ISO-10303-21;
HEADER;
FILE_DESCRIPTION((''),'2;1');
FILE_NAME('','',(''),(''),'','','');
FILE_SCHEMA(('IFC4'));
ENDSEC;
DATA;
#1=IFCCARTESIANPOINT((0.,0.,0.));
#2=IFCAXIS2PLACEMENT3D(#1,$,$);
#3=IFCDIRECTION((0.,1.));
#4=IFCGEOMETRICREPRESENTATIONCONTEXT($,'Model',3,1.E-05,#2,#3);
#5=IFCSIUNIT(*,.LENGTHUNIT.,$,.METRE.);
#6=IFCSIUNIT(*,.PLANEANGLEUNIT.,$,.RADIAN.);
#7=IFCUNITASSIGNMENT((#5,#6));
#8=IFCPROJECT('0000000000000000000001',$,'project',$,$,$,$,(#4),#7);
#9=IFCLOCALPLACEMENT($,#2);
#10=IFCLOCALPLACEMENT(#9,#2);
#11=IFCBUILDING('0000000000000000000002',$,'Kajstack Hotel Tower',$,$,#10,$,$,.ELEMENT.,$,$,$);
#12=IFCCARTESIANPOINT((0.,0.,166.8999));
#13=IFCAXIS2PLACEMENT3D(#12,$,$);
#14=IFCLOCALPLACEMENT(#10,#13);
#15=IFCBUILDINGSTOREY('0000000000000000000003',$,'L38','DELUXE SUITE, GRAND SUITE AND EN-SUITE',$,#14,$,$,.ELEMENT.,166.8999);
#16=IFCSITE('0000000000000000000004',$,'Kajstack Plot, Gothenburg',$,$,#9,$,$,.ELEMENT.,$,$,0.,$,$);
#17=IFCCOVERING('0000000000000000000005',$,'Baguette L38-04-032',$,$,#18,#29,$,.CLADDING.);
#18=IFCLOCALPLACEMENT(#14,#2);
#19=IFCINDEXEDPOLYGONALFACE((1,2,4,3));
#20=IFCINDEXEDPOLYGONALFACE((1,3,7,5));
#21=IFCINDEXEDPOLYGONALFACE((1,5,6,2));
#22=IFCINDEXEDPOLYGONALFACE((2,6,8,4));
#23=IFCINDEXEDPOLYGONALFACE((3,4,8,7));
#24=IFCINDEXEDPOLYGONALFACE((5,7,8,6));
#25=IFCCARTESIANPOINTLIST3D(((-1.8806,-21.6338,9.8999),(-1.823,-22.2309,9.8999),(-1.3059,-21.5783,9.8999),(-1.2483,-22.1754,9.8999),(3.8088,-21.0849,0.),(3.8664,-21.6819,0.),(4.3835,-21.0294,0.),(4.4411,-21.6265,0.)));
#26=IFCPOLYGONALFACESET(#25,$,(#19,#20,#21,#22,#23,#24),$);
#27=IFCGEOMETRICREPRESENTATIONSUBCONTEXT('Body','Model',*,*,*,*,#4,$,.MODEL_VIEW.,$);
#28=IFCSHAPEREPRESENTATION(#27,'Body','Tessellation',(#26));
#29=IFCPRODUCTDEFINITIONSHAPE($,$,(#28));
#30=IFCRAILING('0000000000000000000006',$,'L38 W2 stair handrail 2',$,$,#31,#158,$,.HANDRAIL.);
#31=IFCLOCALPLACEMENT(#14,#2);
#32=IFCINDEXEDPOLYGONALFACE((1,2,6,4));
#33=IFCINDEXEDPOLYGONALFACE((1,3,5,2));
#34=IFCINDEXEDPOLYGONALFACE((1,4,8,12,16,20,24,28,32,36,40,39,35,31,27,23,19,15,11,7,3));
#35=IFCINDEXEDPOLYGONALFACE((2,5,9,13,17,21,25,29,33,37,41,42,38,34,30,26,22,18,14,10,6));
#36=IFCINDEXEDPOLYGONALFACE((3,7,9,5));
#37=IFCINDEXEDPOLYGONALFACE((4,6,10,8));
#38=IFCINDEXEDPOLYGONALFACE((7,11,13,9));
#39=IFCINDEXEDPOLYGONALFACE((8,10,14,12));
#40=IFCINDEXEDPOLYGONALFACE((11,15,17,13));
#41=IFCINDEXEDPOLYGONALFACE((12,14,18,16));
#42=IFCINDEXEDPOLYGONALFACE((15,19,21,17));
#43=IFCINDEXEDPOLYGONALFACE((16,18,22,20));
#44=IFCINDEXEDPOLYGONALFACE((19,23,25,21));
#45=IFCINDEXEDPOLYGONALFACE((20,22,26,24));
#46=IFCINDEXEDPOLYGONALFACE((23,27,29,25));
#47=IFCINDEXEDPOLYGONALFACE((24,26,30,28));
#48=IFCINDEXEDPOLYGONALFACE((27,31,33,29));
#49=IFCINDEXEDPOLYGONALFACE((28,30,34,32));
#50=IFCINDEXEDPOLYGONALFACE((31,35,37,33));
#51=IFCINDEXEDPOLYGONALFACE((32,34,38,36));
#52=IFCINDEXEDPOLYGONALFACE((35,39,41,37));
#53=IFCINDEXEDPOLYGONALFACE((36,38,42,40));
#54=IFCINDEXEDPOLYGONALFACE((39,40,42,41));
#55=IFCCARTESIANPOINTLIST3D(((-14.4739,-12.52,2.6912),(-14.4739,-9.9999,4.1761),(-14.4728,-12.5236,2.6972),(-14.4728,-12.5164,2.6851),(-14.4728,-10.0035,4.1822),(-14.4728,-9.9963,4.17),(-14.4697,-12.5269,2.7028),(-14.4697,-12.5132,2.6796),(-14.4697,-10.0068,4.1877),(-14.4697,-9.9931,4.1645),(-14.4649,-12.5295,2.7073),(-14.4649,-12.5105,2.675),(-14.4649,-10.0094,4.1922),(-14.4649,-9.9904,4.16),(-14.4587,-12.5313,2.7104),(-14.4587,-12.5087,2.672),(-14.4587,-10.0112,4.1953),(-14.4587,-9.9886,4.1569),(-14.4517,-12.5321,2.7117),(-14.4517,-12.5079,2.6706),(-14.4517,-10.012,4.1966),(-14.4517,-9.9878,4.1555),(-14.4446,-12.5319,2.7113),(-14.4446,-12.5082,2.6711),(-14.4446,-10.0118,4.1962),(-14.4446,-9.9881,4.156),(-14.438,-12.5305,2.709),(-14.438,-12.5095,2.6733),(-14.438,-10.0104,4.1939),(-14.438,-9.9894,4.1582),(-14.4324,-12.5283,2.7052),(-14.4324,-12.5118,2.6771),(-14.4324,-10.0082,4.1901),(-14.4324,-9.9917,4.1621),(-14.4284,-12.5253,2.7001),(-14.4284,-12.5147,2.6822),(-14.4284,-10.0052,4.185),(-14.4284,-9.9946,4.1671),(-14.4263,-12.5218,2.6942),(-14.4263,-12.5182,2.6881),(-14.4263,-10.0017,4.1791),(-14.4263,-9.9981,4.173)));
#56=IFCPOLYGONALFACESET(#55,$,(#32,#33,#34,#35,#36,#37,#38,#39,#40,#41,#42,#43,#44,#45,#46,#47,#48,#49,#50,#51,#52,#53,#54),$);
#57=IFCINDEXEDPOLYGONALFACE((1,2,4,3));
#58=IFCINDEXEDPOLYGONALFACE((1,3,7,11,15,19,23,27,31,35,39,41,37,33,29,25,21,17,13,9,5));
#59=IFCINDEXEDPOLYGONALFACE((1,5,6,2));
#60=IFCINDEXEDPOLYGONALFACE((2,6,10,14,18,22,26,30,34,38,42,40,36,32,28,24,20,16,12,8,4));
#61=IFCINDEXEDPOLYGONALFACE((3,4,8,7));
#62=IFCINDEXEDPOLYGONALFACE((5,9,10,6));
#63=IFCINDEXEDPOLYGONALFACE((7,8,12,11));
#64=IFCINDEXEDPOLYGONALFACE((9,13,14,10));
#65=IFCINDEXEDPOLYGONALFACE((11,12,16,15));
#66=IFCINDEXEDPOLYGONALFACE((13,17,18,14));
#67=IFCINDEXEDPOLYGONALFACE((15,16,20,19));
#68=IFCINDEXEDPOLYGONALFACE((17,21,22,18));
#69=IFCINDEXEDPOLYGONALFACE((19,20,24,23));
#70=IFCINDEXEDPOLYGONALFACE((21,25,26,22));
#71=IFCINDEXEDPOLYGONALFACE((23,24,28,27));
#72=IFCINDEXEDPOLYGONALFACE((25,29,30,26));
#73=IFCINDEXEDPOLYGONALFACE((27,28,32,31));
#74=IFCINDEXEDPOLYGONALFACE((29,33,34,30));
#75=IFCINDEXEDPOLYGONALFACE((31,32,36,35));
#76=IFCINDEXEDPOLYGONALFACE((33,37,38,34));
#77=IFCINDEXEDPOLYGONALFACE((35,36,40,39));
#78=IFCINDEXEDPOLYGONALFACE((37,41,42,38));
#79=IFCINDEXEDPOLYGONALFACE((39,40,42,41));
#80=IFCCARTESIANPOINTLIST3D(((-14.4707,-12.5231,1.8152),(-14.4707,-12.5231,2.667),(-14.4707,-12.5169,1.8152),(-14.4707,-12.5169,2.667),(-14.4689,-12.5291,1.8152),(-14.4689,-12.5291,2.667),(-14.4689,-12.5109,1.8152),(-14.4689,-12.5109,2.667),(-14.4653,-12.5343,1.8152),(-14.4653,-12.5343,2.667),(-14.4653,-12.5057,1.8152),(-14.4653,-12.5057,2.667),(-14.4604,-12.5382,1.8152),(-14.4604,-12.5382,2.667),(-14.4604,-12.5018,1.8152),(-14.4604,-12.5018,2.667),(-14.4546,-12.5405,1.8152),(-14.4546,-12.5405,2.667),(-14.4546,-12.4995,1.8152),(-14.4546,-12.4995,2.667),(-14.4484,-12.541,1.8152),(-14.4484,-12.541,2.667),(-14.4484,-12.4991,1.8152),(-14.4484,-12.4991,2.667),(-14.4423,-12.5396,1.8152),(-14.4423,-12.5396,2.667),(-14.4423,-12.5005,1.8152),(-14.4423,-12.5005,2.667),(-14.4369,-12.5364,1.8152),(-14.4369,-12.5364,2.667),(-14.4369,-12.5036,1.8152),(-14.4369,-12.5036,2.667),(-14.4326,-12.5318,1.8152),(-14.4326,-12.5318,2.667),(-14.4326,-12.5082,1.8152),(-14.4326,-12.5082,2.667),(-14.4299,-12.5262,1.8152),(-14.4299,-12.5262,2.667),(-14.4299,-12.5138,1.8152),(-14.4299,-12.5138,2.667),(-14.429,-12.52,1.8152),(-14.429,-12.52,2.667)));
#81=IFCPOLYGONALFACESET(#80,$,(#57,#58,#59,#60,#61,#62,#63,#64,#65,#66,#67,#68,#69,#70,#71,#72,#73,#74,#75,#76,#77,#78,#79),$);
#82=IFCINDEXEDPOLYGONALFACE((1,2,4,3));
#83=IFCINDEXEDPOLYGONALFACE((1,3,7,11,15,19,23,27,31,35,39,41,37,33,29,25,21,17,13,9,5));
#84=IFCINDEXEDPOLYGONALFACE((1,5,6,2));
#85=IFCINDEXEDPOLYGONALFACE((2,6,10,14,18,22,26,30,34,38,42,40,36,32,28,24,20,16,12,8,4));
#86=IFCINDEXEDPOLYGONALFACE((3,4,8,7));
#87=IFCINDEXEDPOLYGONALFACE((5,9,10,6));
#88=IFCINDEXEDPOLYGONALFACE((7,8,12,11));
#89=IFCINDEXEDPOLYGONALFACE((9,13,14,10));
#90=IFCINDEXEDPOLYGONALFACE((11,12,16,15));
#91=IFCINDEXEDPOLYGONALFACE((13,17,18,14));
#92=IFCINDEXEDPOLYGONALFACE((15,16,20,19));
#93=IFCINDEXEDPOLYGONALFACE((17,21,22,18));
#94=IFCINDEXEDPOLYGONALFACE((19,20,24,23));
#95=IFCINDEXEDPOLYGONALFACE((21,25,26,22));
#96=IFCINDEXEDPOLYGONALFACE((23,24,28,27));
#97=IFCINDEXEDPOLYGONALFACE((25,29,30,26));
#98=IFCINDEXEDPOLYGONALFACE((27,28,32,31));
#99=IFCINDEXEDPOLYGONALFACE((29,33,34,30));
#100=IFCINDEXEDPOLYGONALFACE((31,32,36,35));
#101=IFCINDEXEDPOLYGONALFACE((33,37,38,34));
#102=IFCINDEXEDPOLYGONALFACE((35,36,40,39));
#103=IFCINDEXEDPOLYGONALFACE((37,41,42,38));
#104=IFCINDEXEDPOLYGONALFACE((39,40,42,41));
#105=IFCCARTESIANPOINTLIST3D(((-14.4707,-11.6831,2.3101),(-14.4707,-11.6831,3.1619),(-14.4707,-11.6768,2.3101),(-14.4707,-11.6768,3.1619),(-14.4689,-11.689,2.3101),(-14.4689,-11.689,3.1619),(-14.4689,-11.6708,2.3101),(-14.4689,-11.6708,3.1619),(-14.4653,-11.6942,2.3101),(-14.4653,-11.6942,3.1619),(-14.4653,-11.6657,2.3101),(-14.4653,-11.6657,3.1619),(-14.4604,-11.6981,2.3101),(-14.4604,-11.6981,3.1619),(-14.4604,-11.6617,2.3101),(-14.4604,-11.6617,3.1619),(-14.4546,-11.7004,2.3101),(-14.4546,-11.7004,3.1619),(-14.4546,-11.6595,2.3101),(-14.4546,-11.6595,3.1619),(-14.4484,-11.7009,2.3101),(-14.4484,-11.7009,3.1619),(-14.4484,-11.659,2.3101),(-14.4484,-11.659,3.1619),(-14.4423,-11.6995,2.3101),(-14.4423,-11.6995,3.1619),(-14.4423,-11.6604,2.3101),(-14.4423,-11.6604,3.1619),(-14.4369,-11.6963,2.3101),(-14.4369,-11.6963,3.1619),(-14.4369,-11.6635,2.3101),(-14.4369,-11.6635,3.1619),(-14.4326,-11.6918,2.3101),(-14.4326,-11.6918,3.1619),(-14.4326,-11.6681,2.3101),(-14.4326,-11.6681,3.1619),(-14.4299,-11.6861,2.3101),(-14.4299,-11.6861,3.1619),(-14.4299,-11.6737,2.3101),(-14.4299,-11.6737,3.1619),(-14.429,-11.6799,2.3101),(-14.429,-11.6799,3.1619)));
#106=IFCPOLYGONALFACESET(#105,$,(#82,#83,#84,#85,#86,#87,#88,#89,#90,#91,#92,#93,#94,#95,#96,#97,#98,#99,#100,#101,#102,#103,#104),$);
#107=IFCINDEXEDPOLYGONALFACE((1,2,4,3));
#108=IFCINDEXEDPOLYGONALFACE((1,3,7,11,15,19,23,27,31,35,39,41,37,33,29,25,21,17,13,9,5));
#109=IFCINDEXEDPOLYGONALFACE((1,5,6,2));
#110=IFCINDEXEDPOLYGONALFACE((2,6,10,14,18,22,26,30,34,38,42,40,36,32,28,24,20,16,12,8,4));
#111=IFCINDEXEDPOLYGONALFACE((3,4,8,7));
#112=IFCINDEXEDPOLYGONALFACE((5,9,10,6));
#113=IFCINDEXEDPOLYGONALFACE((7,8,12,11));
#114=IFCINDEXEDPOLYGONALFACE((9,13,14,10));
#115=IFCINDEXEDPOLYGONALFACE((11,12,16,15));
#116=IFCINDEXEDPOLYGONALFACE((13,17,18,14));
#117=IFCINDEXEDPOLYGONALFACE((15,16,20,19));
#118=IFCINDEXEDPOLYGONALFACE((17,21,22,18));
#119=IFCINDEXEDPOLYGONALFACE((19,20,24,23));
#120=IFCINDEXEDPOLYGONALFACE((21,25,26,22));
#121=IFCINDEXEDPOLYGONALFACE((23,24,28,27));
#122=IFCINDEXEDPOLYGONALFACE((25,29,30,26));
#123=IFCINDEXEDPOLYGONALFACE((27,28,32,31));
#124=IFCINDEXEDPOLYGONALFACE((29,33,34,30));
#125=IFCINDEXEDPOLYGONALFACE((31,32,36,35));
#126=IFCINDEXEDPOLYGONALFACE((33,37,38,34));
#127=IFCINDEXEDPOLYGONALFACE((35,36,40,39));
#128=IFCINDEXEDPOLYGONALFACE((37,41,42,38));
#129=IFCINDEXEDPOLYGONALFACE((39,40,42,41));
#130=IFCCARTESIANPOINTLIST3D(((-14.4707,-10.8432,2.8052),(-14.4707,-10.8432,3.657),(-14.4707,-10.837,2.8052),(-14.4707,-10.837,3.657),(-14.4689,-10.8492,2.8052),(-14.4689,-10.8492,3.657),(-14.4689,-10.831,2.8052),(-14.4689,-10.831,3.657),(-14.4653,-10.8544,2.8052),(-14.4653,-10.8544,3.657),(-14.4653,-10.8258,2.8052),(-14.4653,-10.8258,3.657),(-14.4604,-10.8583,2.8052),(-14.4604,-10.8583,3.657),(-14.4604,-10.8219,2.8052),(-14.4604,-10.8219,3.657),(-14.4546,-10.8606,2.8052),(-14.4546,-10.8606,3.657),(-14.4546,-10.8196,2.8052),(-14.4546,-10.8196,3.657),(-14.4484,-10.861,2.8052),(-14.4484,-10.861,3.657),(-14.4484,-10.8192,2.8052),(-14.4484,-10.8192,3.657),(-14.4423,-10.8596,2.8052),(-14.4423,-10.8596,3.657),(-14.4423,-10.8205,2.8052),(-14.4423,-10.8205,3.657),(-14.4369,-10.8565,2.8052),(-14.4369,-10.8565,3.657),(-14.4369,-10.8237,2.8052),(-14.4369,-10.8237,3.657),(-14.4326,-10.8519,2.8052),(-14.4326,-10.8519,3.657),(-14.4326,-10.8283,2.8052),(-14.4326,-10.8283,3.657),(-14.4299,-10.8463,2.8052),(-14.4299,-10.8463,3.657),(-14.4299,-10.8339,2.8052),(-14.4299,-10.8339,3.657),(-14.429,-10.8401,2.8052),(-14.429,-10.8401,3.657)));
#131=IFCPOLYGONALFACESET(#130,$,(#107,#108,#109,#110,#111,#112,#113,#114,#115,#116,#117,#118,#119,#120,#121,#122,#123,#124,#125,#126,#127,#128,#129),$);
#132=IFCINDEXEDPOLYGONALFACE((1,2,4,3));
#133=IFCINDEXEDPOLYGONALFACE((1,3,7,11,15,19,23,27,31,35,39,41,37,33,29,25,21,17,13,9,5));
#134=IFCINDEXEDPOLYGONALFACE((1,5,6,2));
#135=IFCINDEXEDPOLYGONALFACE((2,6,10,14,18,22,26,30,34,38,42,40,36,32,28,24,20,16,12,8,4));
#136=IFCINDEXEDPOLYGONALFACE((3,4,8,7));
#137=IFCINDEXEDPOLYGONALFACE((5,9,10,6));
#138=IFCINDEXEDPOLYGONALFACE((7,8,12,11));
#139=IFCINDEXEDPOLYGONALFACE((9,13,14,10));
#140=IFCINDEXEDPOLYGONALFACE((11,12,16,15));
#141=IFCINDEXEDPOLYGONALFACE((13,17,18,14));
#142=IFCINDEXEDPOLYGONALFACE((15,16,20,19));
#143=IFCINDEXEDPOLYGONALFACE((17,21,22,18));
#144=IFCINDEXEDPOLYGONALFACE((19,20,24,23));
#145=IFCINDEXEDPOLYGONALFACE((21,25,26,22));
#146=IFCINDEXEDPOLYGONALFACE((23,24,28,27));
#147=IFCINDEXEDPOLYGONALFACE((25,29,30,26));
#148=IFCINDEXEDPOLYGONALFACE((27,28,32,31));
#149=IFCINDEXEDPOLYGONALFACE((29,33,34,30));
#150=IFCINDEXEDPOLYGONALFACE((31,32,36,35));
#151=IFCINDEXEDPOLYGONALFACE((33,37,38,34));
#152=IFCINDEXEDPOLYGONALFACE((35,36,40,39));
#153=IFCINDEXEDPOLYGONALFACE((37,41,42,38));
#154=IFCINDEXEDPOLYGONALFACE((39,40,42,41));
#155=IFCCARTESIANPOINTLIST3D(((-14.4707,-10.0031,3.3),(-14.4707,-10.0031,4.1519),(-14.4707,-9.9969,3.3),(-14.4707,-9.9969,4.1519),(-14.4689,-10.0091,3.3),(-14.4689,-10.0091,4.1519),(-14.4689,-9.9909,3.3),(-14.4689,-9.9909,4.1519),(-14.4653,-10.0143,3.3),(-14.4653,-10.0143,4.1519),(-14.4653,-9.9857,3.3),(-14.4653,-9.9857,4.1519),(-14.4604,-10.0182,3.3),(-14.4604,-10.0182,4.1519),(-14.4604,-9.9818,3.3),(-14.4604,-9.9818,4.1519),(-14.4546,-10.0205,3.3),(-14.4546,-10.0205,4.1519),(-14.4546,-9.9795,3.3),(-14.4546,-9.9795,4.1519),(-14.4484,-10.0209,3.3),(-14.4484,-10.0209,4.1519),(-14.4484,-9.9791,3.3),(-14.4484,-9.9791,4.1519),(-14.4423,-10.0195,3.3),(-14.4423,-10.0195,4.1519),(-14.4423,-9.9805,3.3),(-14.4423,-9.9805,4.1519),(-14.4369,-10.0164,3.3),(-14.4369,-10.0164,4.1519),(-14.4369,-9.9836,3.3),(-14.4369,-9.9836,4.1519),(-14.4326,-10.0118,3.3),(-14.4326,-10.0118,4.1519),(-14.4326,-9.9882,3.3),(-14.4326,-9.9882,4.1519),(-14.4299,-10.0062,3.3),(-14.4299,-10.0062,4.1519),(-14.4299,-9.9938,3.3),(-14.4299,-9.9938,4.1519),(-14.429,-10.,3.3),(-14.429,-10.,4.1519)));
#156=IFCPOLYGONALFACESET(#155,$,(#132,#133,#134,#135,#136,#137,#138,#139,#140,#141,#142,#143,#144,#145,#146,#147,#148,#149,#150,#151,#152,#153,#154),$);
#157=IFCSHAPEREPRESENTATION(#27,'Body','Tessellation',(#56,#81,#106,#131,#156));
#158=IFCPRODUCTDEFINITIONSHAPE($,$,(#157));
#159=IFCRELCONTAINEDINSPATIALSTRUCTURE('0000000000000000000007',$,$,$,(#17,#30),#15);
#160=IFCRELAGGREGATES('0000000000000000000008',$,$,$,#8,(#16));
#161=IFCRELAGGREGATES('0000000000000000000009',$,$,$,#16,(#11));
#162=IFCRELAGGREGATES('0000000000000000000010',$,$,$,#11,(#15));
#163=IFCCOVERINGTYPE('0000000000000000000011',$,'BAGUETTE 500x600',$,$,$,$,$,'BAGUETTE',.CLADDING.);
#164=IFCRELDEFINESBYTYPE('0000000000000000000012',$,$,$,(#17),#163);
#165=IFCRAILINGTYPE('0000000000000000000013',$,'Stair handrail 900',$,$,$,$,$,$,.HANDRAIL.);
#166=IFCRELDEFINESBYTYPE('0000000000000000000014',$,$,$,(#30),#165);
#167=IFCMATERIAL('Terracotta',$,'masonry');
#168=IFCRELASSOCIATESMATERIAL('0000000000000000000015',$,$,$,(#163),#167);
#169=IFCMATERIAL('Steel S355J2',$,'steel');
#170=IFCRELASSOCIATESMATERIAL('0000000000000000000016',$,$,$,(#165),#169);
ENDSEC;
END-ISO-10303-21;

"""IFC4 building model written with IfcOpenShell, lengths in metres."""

from ifc_helpers import new_model, si_unit, direction, frame, origin, origin_2d, place, context, subcontext, project, spatial, polyline, rectangle, circle, outline, extrude, material, material_profile, profile_set, type_object, element, save


model = new_model("IFC4")

# Units and contexts
model_context = context("Model", 3, precision=1e-05, world=origin(), true_north=direction((0.0, 1.0)))
body_context = subcontext(model_context, "Body", "Model", "MODEL_VIEW")
ifc_project = project(units=[si_unit("LENGTHUNIT", "METRE"), si_unit("PLANEANGLEUNIT", "RADIAN")], contexts=[model_context])

# Site, building, storey
site_placement = place(None, origin())
site = spatial("IfcSite", under=ifc_project, at=site_placement, Name="Kajstack Plot, Gothenburg", CompositionType="ELEMENT", RefElevation=0.0)
building_placement = place(site_placement, origin())
building = spatial("IfcBuilding", under=site, at=building_placement, Name="Kajstack Hotel Tower", CompositionType="ELEMENT")
storey_placement = place(building_placement, frame((0.0, 0.0, 166.8999)))
storey = spatial("IfcBuildingStorey", under=building, at=storey_placement, Name="L38", Description="DELUXE SUITE, GRAND SUITE AND EN-SUITE", CompositionType="ELEMENT", Elevation=166.8999)

# Covering
ifc_material_1 = material(Name="Terracotta", Category="masonry")
ifc_material_profile = material_profile(ifc_material_1, rectangle(XDim=0.6001, YDim=0.5, at=origin_2d()), Name="Terracotta-clad concrete baguette 500 x 600")
ifc_profile_set = profile_set([ifc_material_profile], Name="Terracotta")
covering_type = type_object("IfcCoveringType", Name="BAGUETTE 500x600", ElementType="BAGUETTE", PredefinedType="CLADDING", material=ifc_profile_set)
covering_1_placement = place(storey_placement, frame((-1.8806, -21.6338, 0.0), z_axis=(0.096038, -0.995378, 0.0), x_axis=(0.995378, 0.096038, 0.0)))
element("IfcCovering", 1, at=covering_1_placement, inside=storey, type_object=covering_type, Name="Baguette L38-04-032", PredefinedType="CLADDING", context=body_context, shape_type="SweptSolid", body=[
    extrude(outline(polyline([(0.0, 9.8999), (5.7158, 0.0), (6.2932, 0.0), (0.5774, 9.8999), (0.0, 9.8999)])), origin(), (0.0, 0.0, 1.0), 0.5999),
])

# Railing
ifc_material_2 = material(Name="Steel S355J2", Category="steel")
railing_type = type_object("IfcRailingType", Name="Stair handrail 900", PredefinedType="HANDRAIL", material=ifc_material_2)
railing_placement = place(storey_placement, frame((-14.45, -12.52, 1.8152)))
element("IfcRailing", 2, at=railing_placement, inside=storey, type_object=railing_type, Name="L38 W2 stair handrail 2", PredefinedType="HANDRAIL", context=body_context, shape_type="SweptSolid", body=[
    extrude(circle(Radius=0.0239, at=origin_2d()), frame((0.0, 0.0, 0.876), z_axis=(0.0, 0.861561, 0.507655), x_axis=(-1.0, 0.0, 0.0)), (0.0, 0.0, 1.0), 2.925),
    extrude(circle(Radius=0.021, at=origin_2d()), origin(), (0.0, 0.0, 1.0), 0.8518),
    extrude(circle(Radius=0.021, at=origin_2d()), frame((0.0, 0.8401, 0.4949)), (0.0, 0.0, 1.0), 0.8518),
    extrude(circle(Radius=0.021, at=origin_2d()), frame((0.0, 1.6799, 0.99)), (0.0, 0.0, 1.0), 0.8518),
    extrude(circle(Radius=0.021, at=origin_2d()), frame((0.0, 2.52, 1.4849)), (0.0, 0.0, 1.0), 0.8518),
])

save(model, "model.ifc")
